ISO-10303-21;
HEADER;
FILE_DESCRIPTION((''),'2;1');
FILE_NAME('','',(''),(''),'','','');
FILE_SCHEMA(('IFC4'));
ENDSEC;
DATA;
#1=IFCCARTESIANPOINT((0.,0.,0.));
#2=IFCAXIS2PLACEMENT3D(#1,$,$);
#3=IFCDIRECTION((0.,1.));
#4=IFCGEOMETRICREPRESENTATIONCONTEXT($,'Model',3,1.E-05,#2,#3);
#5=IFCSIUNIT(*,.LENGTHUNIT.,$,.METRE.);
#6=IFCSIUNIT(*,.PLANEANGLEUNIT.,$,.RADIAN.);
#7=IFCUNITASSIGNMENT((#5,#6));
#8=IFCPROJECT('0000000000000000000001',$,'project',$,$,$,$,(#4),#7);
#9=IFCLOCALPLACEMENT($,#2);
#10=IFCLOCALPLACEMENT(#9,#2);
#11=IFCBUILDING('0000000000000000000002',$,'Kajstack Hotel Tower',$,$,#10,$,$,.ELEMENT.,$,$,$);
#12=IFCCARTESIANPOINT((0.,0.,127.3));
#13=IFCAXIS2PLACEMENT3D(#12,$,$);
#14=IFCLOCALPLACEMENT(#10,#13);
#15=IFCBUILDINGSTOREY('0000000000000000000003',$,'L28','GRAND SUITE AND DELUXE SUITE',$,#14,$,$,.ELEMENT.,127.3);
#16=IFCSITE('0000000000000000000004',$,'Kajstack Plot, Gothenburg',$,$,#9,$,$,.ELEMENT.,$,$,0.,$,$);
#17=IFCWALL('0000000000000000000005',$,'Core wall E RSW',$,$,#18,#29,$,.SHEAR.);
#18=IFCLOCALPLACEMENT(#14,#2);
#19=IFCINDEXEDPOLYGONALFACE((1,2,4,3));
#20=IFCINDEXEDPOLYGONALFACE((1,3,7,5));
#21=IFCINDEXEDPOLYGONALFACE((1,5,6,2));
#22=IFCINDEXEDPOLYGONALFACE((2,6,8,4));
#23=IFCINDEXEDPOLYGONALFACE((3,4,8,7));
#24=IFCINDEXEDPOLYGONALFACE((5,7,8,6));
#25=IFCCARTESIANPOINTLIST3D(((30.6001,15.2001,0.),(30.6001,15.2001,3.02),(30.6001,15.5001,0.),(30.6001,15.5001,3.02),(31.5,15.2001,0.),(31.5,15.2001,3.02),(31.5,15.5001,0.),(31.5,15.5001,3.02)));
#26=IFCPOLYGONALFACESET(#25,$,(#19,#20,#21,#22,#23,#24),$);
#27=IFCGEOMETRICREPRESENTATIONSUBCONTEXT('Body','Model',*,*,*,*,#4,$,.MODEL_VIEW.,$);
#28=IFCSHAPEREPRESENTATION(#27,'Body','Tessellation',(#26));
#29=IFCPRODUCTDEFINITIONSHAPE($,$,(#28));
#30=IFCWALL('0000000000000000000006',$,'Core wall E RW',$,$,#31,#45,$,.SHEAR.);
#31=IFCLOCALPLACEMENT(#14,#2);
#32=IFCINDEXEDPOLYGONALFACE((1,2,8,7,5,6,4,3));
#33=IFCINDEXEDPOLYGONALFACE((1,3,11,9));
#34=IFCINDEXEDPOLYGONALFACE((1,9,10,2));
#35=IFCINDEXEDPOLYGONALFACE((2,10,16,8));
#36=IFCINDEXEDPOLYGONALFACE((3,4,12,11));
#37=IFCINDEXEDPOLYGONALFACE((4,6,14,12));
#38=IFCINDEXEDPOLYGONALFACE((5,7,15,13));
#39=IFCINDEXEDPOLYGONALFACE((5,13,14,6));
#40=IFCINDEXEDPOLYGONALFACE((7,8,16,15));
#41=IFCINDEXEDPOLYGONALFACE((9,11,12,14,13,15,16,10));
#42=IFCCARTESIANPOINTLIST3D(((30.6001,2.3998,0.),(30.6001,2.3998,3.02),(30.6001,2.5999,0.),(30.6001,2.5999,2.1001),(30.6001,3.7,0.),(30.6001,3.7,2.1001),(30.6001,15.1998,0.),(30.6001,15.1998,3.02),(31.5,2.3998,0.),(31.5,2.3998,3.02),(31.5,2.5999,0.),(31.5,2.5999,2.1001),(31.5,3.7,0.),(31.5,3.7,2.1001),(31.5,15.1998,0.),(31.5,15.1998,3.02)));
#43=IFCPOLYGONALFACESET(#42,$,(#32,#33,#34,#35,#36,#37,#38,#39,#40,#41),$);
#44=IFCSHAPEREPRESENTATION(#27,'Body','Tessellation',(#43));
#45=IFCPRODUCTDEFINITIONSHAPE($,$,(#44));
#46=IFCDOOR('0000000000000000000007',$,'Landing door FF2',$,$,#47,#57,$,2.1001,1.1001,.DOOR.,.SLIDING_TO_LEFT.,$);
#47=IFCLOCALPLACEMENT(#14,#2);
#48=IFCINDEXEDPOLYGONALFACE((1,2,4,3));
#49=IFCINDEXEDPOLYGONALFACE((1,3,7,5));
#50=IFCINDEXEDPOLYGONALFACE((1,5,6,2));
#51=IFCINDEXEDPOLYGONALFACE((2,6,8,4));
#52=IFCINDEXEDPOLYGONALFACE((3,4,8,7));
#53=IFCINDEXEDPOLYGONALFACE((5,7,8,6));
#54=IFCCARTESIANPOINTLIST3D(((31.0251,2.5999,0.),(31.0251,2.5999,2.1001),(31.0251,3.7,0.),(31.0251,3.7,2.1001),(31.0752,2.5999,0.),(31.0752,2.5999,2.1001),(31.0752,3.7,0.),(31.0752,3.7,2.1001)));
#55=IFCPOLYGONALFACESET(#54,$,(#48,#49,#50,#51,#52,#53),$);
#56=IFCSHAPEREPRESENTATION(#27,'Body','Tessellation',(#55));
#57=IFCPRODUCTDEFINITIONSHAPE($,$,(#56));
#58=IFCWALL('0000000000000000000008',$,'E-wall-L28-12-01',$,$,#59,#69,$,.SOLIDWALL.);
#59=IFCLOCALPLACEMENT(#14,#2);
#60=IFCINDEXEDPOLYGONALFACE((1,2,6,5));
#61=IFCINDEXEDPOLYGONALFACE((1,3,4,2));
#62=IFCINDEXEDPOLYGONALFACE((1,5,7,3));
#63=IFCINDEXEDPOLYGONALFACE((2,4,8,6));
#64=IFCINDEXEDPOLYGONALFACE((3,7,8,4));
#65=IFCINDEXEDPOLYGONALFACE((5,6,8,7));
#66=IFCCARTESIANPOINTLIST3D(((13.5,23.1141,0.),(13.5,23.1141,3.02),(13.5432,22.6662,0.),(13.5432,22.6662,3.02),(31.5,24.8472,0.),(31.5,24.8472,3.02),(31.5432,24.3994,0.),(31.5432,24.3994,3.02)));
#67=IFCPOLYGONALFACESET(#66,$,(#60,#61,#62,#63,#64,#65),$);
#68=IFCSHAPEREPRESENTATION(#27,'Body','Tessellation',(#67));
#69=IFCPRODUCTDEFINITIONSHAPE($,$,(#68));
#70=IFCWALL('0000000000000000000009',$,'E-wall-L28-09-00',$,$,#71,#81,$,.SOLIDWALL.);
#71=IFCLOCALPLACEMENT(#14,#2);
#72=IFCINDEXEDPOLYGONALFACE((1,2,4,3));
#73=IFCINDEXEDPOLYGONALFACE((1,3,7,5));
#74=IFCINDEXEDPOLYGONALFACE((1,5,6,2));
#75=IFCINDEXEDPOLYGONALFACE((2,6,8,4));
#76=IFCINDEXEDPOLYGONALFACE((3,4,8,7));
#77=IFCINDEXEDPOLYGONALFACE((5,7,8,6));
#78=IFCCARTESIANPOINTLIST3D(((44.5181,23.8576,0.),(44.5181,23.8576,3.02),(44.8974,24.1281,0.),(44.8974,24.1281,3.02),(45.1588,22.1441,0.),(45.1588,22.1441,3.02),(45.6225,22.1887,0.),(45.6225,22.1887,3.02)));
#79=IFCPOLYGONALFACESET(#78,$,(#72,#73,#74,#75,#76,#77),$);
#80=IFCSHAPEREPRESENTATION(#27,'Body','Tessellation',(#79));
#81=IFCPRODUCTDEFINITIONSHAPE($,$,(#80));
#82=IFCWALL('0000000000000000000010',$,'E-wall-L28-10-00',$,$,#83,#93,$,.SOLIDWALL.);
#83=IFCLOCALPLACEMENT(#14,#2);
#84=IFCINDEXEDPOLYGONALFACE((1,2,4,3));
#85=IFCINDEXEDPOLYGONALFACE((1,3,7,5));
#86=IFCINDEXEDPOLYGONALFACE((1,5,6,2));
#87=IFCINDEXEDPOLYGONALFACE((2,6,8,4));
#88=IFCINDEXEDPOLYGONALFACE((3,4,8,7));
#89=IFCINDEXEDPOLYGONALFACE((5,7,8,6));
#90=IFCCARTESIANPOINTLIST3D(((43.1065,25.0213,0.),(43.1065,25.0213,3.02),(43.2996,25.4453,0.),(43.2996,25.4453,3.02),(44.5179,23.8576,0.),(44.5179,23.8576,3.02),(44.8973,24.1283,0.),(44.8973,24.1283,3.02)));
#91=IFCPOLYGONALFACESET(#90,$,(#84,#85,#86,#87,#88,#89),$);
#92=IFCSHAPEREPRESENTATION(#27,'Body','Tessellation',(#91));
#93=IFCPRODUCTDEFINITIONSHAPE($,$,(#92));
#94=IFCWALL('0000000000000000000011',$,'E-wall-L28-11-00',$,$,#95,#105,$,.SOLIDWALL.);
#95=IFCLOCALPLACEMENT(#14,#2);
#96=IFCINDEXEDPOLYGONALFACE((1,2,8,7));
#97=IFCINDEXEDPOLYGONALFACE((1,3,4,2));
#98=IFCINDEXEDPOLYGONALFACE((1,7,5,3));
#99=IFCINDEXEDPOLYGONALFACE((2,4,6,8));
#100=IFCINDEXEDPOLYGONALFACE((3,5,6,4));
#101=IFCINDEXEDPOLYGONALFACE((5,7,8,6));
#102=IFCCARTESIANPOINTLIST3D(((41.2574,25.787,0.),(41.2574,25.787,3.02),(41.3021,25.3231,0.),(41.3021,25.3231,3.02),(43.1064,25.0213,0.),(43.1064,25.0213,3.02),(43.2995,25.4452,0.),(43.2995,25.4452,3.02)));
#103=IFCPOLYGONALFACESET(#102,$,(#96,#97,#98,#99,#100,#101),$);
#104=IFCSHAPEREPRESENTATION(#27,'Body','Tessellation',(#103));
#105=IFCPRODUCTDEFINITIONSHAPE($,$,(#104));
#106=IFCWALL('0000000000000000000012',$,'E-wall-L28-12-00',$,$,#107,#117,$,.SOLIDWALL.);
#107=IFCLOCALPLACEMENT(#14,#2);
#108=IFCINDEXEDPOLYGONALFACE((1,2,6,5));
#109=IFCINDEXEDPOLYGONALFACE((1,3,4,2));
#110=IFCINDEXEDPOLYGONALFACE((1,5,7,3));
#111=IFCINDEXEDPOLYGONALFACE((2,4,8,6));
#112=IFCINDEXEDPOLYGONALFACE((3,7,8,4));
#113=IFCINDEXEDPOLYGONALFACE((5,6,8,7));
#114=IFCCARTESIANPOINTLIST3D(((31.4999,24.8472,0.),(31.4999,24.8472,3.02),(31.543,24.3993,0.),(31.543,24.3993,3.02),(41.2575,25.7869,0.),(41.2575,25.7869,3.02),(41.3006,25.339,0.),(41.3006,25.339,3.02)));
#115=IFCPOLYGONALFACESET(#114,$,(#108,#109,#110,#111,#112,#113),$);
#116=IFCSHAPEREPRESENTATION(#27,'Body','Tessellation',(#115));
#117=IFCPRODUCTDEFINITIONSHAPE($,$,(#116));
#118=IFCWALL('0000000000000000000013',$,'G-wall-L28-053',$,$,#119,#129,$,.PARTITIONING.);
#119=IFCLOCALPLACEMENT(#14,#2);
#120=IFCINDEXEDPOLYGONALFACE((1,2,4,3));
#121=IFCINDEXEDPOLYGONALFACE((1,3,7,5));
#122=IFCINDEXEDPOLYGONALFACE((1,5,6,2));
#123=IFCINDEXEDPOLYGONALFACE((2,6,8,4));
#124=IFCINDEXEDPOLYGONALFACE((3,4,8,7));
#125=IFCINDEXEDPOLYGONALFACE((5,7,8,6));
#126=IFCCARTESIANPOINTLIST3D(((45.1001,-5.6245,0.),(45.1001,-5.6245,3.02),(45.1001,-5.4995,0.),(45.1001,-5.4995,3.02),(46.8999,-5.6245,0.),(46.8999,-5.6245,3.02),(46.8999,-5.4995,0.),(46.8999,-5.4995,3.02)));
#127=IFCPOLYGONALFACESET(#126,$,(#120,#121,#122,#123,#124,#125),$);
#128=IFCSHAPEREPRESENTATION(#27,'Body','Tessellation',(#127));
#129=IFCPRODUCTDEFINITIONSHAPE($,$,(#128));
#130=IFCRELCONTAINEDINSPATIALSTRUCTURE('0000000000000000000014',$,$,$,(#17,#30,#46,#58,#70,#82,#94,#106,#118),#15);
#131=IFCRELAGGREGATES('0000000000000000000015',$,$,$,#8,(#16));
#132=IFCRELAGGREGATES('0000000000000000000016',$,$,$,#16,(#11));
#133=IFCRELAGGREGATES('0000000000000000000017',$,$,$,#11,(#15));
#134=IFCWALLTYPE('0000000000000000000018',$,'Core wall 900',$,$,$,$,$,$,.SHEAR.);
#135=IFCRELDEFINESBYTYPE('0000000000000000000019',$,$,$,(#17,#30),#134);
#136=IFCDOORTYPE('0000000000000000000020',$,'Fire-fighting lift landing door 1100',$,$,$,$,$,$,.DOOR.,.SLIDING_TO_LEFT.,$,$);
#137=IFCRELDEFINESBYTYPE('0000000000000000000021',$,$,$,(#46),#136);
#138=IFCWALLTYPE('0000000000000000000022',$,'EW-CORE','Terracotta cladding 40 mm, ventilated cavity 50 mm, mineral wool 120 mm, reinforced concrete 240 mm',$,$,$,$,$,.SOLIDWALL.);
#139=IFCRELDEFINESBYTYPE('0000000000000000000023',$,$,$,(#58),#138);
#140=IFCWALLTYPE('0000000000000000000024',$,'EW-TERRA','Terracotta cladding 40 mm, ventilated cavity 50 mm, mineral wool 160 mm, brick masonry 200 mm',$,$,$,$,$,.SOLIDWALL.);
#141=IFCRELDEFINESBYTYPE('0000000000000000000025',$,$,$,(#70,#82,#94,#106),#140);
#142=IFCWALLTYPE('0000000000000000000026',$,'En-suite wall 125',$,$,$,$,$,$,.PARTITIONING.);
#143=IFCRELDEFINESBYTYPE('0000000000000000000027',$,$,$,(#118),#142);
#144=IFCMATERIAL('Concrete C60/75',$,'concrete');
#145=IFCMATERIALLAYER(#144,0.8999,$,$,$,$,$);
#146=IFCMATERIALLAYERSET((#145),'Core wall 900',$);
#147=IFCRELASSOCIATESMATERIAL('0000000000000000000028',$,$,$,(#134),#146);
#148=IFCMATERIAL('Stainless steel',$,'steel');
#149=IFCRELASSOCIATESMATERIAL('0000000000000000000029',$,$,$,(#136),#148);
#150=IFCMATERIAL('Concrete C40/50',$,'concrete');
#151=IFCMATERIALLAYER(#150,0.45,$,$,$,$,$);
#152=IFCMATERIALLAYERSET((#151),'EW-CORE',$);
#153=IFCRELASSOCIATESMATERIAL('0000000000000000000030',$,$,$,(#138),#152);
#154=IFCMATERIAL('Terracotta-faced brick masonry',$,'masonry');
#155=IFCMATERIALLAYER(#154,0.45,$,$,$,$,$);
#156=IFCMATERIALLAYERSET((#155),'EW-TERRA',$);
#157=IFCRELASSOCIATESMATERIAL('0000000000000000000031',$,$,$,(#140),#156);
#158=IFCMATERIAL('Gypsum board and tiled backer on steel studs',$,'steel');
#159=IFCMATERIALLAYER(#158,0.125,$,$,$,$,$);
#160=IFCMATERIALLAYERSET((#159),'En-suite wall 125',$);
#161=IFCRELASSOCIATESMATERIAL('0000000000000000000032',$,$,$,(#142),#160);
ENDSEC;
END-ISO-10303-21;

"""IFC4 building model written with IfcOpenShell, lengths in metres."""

from ifc_helpers import new_model, si_unit, direction, frame, frame_2d, origin, place, context, subcontext, project, spatial, polyline, rectangle, outline, extrude, material, layer, layer_set, type_object, element, fill, save


model = new_model("IFC4")

# Units and contexts
model_context = context("Model", 3, precision=1e-05, world=origin(), true_north=direction((0.0, 1.0)))
body_context = subcontext(model_context, "Body", "Model", "MODEL_VIEW")
ifc_project = project(units=[si_unit("LENGTHUNIT", "METRE"), si_unit("PLANEANGLEUNIT", "RADIAN")], contexts=[model_context])

# Site, building, storey
site_placement = place(None, origin())
site = spatial("IfcSite", under=ifc_project, at=site_placement, Name="Kajstack Plot, Gothenburg", CompositionType="ELEMENT", RefElevation=0.0)
building_placement = place(site_placement, origin())
building = spatial("IfcBuilding", under=site, at=building_placement, Name="Kajstack Hotel Tower", CompositionType="ELEMENT")
storey_placement = place(building_placement, frame((0.0, 0.0, 127.3)))
storey = spatial("IfcBuildingStorey", under=building, at=storey_placement, Name="L28", Description="GRAND SUITE AND DELUXE SUITE", CompositionType="ELEMENT", Elevation=127.3)

# Wall
ifc_material_1 = material(Name="Concrete C60/75", Category="concrete")
ifc_layer_1 = layer(ifc_material_1, 0.8999)
ifc_layer_set_1 = layer_set([ifc_layer_1], Name="Core wall 900")
wall_type_1 = type_object("IfcWallType", Name="Core wall 900", PredefinedType="SHEAR", material=ifc_layer_set_1)
wall_1_placement = place(storey_placement, frame((30.6001, 15.3501, 0.0), z_axis=(0.0, 0.0, 1.0), x_axis=(1.0, 0.0, 0.0)))
element("IfcWall", 1, at=wall_1_placement, inside=storey, type_object=wall_type_1, Name="Core wall E RSW", PredefinedType="SHEAR", context=body_context, shape_type="SweptSolid", body=[
    extrude(rectangle(XDim=0.8999, YDim=0.3, at=frame_2d((0.45, 0.0))), origin(), (0.0, 0.0, 1.0), 3.02),
])

# Wall, opening, door
wall_2_placement = place(storey_placement, frame((31.05, 2.3999, 0.0), z_axis=(0.0, 0.0, 1.0), x_axis=(0.0, 1.0, 0.0)))
wall_2 = element("IfcWall", 2, at=wall_2_placement, inside=storey, type_object=wall_type_1, Name="Core wall E RW", PredefinedType="SHEAR", context=body_context, shape_type="SweptSolid", body=[
    extrude(rectangle(XDim=12.8, YDim=0.8999, at=frame_2d((6.3999, 0.0))), origin(), (0.0, 0.0, 1.0), 3.02),
])
opening_1_placement = place(wall_2_placement, frame((0.2, 0.0, 0.0)))
opening_1 = element("IfcOpeningElement", 3, at=opening_1_placement, cuts=wall_2, PredefinedType="OPENING", context=body_context, shape_type="SweptSolid", body=[
    extrude(rectangle(XDim=1.1001, YDim=2.1001, at=frame_2d((0.55, 1.05))), frame((0.0, 0.46, 0.0), z_axis=(0.0, -1.0, 0.0), x_axis=(1.0, 0.0, 0.0)), (0.0, 0.0, 1.0), 0.9199),
])
ifc_material_2 = material(Name="Stainless steel", Category="steel")
door_type_1 = type_object("IfcDoorType", Name="Fire-fighting lift landing door 1100", OperationType="SLIDING_TO_LEFT", PredefinedType="DOOR", material=ifc_material_2)
door_1_placement = place(opening_1_placement, origin())
door_1 = element("IfcDoor", 4, at=door_1_placement, inside=storey, type_object=door_type_1, Name="Landing door FF2", OperationType="SLIDING_TO_LEFT", OverallHeight=2.1001, OverallWidth=1.1001, PredefinedType="DOOR", context=body_context, shape_type="SweptSolid", body=[
    extrude(rectangle(XDim=1.1001, YDim=2.1001, at=frame_2d((0.55, 1.05))), frame((0.0, 0.0249, 0.0), z_axis=(0.0, -1.0, 0.0), x_axis=(1.0, 0.0, 0.0)), (0.0, 0.0, 1.0), 0.05),
])
fill(opening_1, door_1)

# Walls
ifc_material_3 = material(Name="Concrete C40/50", Category="concrete")
ifc_layer_2 = layer(ifc_material_3, 0.45)
ifc_layer_set_2 = layer_set([ifc_layer_2], Name="EW-CORE")
wall_type_2 = type_object("IfcWallType", Name="EW-CORE", Description="Terracotta cladding 40 mm, ventilated cavity 50 mm, mineral wool 120 mm, reinforced concrete 240 mm", PredefinedType="SOLIDWALL", material=ifc_layer_set_2)
wall_3_placement = place(storey_placement, frame((31.5215, 24.6233, 0.0), z_axis=(0.0, 0.0, 1.0), x_axis=(-0.995396, -0.095843, 0.0)))
element("IfcWall", 5, at=wall_3_placement, inside=storey, type_object=wall_type_2, Name="E-wall-L28-12-01", PredefinedType="SOLIDWALL", context=body_context, shape_type="SweptSolid", body=[
    extrude(rectangle(XDim=18.0833, YDim=0.45, at=frame_2d((9.0415, 0.0))), origin(), (0.0, 0.0, 1.0), 3.02),
])
ifc_material_4 = material(Name="Terracotta-faced brick masonry", Category="masonry")
ifc_layer_3 = layer(ifc_material_4, 0.45)
ifc_layer_set_3 = layer_set([ifc_layer_3], Name="EW-TERRA")
wall_type_3 = type_object("IfcWallType", Name="EW-TERRA", Description="Terracotta cladding 40 mm, ventilated cavity 50 mm, mineral wool 160 mm, brick masonry 200 mm", PredefinedType="SOLIDWALL", material=ifc_layer_set_3)
wall_4_placement = place(storey_placement, frame((45.4116, 22.1099, 0.0), z_axis=(0.0, 0.0, 1.0), x_axis=(-0.350193, 0.936678, 0.0)))
element("IfcWall", 6, at=wall_4_placement, inside=storey, type_object=wall_type_3, Name="E-wall-L28-09-00", PredefinedType="SOLIDWALL", context=body_context, shape_type="SweptSolid", body=[
    extrude(outline(polyline([(0.0, -0.2251), (2.0706, -0.2251), (1.95, 0.2249), (0.1206, 0.2249), (0.0, -0.2251)])), origin(), (0.0, 0.0, 1.0), 3.02),
])
wall_5_placement = place(storey_placement, frame((44.7542, 23.9546, 0.0), z_axis=(0.0, 0.0, 1.0), x_axis=(-0.771651, 0.636046, 0.0)))
element("IfcWall", 7, at=wall_5_placement, inside=storey, type_object=wall_type_3, Name="E-wall-L28-10-00", PredefinedType="SOLIDWALL", context=body_context, shape_type="SweptSolid", body=[
    extrude(outline(polyline([(0.0, -0.2251), (2.0706, -0.2251), (1.95, 0.2249), (0.1206, 0.2251), (0.0, -0.2251)])), origin(), (0.0, 0.0, 1.0), 3.02),
])
wall_6_placement = place(storey_placement, frame((43.2625, 25.2234, 0.0), z_axis=(0.0, 0.0, 1.0), x_axis=(-0.986298, 0.164973, 0.0)))
element("IfcWall", 8, at=wall_6_placement, inside=storey, type_object=wall_type_3, Name="E-wall-L28-11-00", PredefinedType="SOLIDWALL", context=body_context, shape_type="SweptSolid", body=[
    extrude(outline(polyline([(0.0, -0.2249), (2.0706, -0.2251), (1.95, 0.2251), (0.1206, 0.2251), (0.0, -0.2249)])), origin(), (0.0, 0.0, 1.0), 3.02),
])
wall_7_placement = place(storey_placement, frame((41.2791, 25.563, 0.0), z_axis=(0.0, 0.0, 1.0), x_axis=(-0.995395, -0.095861, 0.0)))
element("IfcWall", 9, at=wall_7_placement, inside=storey, type_object=wall_type_3, Name="E-wall-L28-12-00", PredefinedType="SOLIDWALL", context=body_context, shape_type="SweptSolid", body=[
    extrude(rectangle(XDim=9.8027, YDim=0.45, at=frame_2d((4.9014, 0.0))), origin(), (0.0, 0.0, 1.0), 3.02),
])
ifc_material_5 = material(Name="Gypsum board and tiled backer on steel studs", Category="steel")
ifc_layer_4 = layer(ifc_material_5, 0.125)
ifc_layer_set_4 = layer_set([ifc_layer_4], Name="En-suite wall 125")
wall_type_4 = type_object("IfcWallType", Name="En-suite wall 125", PredefinedType="PARTITIONING", material=ifc_layer_set_4)
wall_8_placement = place(storey_placement, frame((45.1001, -5.562, 0.0), z_axis=(0.0, 0.0, 1.0), x_axis=(1.0, 0.0, 0.0)))
element("IfcWall", 10, at=wall_8_placement, inside=storey, type_object=wall_type_4, Name="G-wall-L28-053", PredefinedType="PARTITIONING", context=body_context, shape_type="SweptSolid", body=[
    extrude(rectangle(XDim=1.7998, YDim=0.125, at=frame_2d((0.8999, 0.0))), origin(), (0.0, 0.0, 1.0), 3.02),
])

save(model, "model.ifc")
